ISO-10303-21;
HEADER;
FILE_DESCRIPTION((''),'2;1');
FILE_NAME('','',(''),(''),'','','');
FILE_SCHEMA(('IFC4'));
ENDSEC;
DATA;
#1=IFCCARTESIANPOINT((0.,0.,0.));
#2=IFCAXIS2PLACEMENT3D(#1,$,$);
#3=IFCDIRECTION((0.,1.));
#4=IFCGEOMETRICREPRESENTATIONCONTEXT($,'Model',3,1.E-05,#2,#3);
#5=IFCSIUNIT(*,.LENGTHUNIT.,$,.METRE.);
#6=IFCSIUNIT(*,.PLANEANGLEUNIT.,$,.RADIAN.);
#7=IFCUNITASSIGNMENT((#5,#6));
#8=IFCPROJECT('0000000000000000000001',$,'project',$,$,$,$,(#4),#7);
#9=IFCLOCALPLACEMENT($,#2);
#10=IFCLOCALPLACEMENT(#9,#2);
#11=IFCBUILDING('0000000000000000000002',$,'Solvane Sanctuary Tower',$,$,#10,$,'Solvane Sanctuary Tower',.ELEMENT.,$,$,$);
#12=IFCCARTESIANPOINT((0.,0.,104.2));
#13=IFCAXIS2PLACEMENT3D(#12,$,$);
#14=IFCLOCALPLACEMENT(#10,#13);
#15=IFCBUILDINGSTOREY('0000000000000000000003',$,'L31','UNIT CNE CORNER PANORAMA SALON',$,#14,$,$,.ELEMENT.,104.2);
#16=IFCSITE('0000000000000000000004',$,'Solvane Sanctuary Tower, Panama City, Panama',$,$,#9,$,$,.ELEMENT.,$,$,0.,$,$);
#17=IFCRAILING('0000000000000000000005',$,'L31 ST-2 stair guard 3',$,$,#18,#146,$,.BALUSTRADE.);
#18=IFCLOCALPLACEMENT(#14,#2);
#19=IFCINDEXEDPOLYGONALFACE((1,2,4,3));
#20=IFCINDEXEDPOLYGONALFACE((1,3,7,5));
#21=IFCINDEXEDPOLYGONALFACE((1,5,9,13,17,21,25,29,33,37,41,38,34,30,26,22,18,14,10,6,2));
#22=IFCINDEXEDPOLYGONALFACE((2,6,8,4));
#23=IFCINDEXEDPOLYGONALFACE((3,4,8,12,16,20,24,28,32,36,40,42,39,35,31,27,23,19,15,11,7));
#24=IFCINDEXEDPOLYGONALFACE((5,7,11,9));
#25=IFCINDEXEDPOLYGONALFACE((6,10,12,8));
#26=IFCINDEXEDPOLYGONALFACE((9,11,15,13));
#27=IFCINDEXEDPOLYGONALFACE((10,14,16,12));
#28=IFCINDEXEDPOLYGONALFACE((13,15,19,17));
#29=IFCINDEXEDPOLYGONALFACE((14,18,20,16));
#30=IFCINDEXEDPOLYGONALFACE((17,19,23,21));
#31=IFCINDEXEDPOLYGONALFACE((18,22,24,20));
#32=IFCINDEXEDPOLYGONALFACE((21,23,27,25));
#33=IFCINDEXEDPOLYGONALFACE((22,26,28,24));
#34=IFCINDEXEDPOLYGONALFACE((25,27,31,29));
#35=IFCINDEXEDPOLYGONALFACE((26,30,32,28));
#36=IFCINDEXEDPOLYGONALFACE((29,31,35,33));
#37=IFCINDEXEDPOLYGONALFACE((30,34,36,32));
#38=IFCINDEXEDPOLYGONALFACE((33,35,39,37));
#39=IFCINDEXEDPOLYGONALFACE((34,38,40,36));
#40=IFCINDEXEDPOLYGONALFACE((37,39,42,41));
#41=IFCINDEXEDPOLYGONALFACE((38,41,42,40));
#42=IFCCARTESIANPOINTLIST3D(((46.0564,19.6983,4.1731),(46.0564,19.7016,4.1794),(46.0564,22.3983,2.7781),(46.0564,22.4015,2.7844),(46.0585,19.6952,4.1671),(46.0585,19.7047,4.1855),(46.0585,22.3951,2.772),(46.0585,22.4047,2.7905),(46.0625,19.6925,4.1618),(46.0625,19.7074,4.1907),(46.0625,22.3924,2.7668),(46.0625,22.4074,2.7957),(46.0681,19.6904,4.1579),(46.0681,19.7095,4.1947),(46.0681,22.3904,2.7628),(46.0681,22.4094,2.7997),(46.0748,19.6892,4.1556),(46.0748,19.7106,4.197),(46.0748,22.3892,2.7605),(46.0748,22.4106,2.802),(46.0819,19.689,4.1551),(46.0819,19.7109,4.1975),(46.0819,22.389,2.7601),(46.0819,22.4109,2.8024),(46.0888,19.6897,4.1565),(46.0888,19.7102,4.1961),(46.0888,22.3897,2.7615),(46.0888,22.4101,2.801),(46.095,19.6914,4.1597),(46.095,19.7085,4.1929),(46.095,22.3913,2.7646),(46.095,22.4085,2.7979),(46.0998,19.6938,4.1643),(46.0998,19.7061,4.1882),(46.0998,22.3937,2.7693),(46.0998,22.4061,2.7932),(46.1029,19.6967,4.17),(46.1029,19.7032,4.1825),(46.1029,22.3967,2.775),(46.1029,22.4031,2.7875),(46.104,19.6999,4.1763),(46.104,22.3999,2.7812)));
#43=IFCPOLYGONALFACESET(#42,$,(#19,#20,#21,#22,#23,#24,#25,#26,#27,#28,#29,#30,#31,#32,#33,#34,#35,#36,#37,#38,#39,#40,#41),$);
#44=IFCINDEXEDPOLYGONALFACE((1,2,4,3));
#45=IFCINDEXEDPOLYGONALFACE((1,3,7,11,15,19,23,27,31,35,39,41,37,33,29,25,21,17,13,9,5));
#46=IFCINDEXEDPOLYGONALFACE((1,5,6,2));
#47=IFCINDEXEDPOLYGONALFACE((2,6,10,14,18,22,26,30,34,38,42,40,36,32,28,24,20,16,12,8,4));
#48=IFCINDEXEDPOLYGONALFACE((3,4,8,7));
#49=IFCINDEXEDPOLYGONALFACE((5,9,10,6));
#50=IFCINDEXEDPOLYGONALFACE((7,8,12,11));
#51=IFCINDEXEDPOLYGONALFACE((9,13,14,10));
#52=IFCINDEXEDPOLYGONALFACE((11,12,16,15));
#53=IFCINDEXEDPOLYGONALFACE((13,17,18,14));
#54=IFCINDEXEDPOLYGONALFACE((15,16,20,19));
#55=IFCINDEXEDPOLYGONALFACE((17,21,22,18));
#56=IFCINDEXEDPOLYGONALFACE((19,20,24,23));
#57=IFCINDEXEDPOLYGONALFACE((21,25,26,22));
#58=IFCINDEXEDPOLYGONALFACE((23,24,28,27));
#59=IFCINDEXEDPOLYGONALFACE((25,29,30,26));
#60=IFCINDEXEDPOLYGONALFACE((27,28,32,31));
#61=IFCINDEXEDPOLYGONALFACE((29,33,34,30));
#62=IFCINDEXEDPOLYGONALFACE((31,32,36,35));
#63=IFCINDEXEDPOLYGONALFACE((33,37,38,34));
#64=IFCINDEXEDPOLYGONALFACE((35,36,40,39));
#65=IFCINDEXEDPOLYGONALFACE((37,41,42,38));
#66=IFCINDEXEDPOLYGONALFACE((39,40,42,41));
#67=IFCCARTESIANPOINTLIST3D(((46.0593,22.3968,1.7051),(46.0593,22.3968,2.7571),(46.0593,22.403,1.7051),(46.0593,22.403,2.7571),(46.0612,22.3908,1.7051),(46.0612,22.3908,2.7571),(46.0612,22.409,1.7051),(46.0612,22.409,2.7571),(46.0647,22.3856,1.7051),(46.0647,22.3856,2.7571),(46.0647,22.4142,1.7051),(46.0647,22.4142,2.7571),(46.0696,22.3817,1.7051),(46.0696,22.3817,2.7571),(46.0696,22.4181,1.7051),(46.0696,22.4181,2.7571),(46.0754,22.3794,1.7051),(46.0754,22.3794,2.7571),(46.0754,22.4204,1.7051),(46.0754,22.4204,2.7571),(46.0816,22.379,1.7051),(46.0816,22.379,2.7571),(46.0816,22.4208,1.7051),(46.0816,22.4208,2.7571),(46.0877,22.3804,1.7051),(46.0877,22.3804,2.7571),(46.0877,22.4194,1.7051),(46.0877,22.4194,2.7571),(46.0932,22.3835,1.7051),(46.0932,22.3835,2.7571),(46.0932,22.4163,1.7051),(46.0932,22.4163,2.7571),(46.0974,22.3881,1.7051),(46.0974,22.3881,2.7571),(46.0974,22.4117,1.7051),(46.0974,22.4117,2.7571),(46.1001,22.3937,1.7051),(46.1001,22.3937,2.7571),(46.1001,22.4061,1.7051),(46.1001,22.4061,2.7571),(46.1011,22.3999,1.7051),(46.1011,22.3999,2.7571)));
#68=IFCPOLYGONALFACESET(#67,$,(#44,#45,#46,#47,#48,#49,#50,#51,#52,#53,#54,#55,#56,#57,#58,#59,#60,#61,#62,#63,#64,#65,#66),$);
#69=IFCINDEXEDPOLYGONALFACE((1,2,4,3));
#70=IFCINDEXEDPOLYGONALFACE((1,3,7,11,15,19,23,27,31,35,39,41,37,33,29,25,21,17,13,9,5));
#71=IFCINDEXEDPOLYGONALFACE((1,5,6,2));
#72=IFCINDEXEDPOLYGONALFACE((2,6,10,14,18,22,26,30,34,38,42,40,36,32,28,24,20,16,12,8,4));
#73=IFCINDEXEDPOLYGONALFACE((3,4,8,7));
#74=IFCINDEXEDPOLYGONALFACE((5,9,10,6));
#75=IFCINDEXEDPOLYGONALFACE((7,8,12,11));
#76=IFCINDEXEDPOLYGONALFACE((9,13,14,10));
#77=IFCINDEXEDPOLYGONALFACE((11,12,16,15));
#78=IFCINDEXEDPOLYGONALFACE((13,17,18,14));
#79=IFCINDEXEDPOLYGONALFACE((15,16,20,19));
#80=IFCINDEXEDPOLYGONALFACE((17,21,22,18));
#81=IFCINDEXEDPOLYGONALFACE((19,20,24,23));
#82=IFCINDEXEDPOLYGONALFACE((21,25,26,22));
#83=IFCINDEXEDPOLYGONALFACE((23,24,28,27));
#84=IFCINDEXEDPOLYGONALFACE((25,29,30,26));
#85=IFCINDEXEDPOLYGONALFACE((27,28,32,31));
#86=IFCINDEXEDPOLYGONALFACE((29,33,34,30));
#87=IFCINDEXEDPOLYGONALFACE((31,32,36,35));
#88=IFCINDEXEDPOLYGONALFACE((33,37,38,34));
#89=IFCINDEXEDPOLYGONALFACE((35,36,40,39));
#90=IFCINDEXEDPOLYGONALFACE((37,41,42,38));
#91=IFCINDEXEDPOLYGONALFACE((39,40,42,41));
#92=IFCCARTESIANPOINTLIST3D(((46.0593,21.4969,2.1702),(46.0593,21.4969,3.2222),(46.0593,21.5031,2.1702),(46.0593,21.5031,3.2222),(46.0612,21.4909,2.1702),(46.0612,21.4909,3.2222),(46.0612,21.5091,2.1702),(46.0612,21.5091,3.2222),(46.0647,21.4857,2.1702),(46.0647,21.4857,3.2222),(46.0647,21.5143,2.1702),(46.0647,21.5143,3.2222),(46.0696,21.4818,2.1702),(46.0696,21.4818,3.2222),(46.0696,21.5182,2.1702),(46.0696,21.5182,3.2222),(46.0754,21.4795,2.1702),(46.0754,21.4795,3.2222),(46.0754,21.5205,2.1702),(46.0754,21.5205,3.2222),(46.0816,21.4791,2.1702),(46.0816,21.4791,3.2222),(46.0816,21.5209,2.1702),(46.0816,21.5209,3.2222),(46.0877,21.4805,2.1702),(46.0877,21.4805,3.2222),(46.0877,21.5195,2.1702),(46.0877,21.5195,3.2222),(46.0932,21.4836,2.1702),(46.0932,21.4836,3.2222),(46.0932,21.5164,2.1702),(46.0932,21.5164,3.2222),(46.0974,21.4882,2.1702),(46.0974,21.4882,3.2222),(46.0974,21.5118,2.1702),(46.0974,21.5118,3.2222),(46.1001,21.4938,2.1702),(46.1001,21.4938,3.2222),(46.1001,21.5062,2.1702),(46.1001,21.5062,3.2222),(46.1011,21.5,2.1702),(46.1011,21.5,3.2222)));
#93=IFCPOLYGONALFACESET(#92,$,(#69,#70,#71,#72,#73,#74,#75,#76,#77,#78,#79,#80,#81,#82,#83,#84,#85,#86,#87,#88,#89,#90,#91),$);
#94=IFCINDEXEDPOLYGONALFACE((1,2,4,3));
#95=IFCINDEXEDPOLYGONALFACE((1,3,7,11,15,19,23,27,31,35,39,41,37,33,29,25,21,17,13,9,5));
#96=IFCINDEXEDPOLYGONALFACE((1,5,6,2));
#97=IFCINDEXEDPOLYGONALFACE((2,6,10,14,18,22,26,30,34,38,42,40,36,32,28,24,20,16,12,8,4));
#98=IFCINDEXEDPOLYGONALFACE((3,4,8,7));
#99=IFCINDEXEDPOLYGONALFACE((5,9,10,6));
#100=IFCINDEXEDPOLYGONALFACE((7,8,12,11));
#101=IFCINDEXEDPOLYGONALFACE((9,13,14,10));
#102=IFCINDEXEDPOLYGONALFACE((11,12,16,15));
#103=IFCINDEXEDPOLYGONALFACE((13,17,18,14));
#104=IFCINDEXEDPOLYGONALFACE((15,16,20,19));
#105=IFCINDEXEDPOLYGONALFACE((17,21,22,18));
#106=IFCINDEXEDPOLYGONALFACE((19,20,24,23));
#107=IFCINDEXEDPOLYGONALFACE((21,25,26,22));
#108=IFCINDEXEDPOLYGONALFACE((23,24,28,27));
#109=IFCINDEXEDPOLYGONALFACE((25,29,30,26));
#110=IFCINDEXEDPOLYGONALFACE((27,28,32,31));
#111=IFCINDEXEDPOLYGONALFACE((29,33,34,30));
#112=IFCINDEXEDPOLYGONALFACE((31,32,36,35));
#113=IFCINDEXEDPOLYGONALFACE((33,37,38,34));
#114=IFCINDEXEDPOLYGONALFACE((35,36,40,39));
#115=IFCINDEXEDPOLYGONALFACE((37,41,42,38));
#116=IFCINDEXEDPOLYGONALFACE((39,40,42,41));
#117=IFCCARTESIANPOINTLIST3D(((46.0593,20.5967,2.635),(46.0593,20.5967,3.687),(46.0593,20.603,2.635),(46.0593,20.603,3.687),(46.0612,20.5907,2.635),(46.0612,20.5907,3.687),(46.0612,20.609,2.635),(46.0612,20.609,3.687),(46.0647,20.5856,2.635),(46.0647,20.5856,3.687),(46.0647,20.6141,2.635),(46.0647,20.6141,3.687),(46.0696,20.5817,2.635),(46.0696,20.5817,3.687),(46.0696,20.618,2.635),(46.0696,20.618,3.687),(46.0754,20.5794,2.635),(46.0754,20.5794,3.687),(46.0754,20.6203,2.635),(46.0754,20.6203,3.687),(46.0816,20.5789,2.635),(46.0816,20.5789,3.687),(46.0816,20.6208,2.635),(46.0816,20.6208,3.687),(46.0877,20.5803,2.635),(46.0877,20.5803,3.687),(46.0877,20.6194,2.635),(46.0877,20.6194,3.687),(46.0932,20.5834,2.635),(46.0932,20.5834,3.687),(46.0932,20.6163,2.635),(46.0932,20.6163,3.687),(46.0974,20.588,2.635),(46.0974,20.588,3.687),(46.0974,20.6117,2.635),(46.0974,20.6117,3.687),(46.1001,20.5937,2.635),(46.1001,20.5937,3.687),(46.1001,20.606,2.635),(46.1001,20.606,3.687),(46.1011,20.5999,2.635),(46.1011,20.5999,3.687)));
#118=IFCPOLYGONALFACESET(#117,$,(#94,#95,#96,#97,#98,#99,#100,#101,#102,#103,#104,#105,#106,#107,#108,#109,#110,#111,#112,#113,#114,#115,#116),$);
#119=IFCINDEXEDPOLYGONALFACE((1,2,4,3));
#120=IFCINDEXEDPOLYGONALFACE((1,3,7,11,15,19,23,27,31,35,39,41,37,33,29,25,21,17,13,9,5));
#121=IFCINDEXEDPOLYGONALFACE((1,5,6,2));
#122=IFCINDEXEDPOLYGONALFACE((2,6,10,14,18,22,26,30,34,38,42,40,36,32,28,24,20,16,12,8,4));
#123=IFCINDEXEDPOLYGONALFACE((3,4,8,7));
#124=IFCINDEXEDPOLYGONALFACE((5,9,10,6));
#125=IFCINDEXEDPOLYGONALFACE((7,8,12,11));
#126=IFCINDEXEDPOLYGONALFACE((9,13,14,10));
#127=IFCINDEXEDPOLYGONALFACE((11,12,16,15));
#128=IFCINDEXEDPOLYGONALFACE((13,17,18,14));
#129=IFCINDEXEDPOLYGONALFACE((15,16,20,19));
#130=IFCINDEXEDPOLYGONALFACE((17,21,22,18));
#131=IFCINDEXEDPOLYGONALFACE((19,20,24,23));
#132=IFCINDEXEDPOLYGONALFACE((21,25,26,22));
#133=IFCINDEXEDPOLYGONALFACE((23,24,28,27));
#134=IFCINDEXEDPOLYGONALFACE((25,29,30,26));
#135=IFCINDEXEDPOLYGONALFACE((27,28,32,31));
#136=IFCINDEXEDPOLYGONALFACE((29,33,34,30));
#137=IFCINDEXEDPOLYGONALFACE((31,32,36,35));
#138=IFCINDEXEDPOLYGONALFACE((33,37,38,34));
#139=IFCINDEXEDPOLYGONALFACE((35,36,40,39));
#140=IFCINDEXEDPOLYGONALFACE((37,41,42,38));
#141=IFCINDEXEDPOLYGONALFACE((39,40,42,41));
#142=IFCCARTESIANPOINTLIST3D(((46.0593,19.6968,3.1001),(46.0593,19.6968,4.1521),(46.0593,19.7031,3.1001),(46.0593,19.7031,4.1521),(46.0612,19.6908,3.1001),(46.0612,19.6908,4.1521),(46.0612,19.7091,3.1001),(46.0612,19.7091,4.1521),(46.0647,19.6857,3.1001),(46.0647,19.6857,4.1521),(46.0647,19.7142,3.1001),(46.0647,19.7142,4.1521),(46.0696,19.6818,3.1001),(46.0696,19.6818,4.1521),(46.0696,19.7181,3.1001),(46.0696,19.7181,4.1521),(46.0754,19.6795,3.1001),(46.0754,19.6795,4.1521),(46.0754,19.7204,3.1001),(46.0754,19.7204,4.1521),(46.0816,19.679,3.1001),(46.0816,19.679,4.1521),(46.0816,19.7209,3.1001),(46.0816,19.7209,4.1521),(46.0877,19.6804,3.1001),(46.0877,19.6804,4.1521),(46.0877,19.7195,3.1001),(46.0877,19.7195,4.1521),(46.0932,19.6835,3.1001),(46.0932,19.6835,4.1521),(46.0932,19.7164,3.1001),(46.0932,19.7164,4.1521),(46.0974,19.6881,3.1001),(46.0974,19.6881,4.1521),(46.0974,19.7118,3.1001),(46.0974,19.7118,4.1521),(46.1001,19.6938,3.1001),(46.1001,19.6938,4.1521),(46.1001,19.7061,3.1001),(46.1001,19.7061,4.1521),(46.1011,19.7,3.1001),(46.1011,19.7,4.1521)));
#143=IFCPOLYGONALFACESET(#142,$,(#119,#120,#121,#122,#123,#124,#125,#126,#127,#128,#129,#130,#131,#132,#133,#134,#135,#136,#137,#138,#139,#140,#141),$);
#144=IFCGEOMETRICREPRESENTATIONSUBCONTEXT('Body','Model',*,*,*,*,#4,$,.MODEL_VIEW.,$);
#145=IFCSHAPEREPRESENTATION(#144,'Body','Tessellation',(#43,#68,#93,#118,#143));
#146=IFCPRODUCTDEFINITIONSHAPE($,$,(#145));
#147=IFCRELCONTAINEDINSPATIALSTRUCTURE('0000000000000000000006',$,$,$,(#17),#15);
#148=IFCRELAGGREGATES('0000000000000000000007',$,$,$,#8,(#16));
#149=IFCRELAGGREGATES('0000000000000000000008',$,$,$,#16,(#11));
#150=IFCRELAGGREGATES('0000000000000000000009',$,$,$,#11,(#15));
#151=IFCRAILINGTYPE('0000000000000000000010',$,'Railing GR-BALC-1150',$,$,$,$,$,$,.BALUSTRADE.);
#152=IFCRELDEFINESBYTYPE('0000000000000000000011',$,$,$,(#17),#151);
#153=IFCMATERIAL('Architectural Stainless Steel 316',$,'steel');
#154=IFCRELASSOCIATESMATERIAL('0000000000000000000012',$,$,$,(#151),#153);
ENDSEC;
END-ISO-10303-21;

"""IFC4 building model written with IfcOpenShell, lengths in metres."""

from ifc_helpers import new_model, si_unit, direction, frame, origin, origin_2d, place, context, subcontext, project, spatial, circle, extrude, material, type_object, element, save


model = new_model("IFC4")

# Units and contexts
model_context = context("Model", 3, precision=1e-05, world=origin(), true_north=direction((0.0, 1.0)))
body_context = subcontext(model_context, "Body", "Model", "MODEL_VIEW")
ifc_project = project(units=[si_unit("LENGTHUNIT", "METRE"), si_unit("PLANEANGLEUNIT", "RADIAN")], contexts=[model_context])

# Site, building, storey
site_placement = place(None, origin())
site = spatial("IfcSite", under=ifc_project, at=site_placement, Name="Solvane Sanctuary Tower, Panama City, Panama", CompositionType="ELEMENT", RefElevation=0.0)
building_placement = place(site_placement, origin())
building = spatial("IfcBuilding", under=site, at=building_placement, Name="Solvane Sanctuary Tower", LongName="Solvane Sanctuary Tower", CompositionType="ELEMENT")
storey_placement = place(building_placement, frame((0.0, 0.0, 104.2)))
storey = spatial("IfcBuildingStorey", under=building, at=storey_placement, Name="L31", Description="UNIT CNE CORNER PANORAMA SALON", CompositionType="ELEMENT", Elevation=104.2)

# Shared definitions
ifc_material_1 = material(Name="Architectural Stainless Steel 316", Category="steel")

# Railing
railing_type_1 = type_object("IfcRailingType", Name="Railing GR-BALC-1150", PredefinedType="BALUSTRADE", material=ifc_material_1)
railing_1_placement = place(storey_placement, frame((46.0801, 22.3999, 1.7051)))
element("IfcRailing", 1, at=railing_1_placement, inside=storey, type_object=railing_type_1, Name="L31 ST-2 stair guard 3", PredefinedType="BALUSTRADE", context=body_context, shape_type="SweptSolid", body=[
    extrude(circle(Radius=0.0239, at=origin_2d()), frame((0.0, 0.0, 1.0762), z_axis=(0.0, -0.88842, 0.459032), x_axis=(1.0, 0.0, 0.0)), (0.0, 0.0, 1.0), 3.0391),
    extrude(circle(Radius=0.021, at=origin_2d()), origin(), (0.0, 0.0, 1.0), 1.052),
    extrude(circle(Radius=0.021, at=origin_2d()), frame((0.0, -0.8999, 0.4651)), (0.0, 0.0, 1.0), 1.052),
    extrude(circle(Radius=0.021, at=origin_2d()), frame((0.0, -1.8, 0.9299)), (0.0, 0.0, 1.0), 1.052),
    extrude(circle(Radius=0.021, at=origin_2d()), frame((0.0, -2.7, 1.395)), (0.0, 0.0, 1.0), 1.052),
])

save(model, "model.ifc")
